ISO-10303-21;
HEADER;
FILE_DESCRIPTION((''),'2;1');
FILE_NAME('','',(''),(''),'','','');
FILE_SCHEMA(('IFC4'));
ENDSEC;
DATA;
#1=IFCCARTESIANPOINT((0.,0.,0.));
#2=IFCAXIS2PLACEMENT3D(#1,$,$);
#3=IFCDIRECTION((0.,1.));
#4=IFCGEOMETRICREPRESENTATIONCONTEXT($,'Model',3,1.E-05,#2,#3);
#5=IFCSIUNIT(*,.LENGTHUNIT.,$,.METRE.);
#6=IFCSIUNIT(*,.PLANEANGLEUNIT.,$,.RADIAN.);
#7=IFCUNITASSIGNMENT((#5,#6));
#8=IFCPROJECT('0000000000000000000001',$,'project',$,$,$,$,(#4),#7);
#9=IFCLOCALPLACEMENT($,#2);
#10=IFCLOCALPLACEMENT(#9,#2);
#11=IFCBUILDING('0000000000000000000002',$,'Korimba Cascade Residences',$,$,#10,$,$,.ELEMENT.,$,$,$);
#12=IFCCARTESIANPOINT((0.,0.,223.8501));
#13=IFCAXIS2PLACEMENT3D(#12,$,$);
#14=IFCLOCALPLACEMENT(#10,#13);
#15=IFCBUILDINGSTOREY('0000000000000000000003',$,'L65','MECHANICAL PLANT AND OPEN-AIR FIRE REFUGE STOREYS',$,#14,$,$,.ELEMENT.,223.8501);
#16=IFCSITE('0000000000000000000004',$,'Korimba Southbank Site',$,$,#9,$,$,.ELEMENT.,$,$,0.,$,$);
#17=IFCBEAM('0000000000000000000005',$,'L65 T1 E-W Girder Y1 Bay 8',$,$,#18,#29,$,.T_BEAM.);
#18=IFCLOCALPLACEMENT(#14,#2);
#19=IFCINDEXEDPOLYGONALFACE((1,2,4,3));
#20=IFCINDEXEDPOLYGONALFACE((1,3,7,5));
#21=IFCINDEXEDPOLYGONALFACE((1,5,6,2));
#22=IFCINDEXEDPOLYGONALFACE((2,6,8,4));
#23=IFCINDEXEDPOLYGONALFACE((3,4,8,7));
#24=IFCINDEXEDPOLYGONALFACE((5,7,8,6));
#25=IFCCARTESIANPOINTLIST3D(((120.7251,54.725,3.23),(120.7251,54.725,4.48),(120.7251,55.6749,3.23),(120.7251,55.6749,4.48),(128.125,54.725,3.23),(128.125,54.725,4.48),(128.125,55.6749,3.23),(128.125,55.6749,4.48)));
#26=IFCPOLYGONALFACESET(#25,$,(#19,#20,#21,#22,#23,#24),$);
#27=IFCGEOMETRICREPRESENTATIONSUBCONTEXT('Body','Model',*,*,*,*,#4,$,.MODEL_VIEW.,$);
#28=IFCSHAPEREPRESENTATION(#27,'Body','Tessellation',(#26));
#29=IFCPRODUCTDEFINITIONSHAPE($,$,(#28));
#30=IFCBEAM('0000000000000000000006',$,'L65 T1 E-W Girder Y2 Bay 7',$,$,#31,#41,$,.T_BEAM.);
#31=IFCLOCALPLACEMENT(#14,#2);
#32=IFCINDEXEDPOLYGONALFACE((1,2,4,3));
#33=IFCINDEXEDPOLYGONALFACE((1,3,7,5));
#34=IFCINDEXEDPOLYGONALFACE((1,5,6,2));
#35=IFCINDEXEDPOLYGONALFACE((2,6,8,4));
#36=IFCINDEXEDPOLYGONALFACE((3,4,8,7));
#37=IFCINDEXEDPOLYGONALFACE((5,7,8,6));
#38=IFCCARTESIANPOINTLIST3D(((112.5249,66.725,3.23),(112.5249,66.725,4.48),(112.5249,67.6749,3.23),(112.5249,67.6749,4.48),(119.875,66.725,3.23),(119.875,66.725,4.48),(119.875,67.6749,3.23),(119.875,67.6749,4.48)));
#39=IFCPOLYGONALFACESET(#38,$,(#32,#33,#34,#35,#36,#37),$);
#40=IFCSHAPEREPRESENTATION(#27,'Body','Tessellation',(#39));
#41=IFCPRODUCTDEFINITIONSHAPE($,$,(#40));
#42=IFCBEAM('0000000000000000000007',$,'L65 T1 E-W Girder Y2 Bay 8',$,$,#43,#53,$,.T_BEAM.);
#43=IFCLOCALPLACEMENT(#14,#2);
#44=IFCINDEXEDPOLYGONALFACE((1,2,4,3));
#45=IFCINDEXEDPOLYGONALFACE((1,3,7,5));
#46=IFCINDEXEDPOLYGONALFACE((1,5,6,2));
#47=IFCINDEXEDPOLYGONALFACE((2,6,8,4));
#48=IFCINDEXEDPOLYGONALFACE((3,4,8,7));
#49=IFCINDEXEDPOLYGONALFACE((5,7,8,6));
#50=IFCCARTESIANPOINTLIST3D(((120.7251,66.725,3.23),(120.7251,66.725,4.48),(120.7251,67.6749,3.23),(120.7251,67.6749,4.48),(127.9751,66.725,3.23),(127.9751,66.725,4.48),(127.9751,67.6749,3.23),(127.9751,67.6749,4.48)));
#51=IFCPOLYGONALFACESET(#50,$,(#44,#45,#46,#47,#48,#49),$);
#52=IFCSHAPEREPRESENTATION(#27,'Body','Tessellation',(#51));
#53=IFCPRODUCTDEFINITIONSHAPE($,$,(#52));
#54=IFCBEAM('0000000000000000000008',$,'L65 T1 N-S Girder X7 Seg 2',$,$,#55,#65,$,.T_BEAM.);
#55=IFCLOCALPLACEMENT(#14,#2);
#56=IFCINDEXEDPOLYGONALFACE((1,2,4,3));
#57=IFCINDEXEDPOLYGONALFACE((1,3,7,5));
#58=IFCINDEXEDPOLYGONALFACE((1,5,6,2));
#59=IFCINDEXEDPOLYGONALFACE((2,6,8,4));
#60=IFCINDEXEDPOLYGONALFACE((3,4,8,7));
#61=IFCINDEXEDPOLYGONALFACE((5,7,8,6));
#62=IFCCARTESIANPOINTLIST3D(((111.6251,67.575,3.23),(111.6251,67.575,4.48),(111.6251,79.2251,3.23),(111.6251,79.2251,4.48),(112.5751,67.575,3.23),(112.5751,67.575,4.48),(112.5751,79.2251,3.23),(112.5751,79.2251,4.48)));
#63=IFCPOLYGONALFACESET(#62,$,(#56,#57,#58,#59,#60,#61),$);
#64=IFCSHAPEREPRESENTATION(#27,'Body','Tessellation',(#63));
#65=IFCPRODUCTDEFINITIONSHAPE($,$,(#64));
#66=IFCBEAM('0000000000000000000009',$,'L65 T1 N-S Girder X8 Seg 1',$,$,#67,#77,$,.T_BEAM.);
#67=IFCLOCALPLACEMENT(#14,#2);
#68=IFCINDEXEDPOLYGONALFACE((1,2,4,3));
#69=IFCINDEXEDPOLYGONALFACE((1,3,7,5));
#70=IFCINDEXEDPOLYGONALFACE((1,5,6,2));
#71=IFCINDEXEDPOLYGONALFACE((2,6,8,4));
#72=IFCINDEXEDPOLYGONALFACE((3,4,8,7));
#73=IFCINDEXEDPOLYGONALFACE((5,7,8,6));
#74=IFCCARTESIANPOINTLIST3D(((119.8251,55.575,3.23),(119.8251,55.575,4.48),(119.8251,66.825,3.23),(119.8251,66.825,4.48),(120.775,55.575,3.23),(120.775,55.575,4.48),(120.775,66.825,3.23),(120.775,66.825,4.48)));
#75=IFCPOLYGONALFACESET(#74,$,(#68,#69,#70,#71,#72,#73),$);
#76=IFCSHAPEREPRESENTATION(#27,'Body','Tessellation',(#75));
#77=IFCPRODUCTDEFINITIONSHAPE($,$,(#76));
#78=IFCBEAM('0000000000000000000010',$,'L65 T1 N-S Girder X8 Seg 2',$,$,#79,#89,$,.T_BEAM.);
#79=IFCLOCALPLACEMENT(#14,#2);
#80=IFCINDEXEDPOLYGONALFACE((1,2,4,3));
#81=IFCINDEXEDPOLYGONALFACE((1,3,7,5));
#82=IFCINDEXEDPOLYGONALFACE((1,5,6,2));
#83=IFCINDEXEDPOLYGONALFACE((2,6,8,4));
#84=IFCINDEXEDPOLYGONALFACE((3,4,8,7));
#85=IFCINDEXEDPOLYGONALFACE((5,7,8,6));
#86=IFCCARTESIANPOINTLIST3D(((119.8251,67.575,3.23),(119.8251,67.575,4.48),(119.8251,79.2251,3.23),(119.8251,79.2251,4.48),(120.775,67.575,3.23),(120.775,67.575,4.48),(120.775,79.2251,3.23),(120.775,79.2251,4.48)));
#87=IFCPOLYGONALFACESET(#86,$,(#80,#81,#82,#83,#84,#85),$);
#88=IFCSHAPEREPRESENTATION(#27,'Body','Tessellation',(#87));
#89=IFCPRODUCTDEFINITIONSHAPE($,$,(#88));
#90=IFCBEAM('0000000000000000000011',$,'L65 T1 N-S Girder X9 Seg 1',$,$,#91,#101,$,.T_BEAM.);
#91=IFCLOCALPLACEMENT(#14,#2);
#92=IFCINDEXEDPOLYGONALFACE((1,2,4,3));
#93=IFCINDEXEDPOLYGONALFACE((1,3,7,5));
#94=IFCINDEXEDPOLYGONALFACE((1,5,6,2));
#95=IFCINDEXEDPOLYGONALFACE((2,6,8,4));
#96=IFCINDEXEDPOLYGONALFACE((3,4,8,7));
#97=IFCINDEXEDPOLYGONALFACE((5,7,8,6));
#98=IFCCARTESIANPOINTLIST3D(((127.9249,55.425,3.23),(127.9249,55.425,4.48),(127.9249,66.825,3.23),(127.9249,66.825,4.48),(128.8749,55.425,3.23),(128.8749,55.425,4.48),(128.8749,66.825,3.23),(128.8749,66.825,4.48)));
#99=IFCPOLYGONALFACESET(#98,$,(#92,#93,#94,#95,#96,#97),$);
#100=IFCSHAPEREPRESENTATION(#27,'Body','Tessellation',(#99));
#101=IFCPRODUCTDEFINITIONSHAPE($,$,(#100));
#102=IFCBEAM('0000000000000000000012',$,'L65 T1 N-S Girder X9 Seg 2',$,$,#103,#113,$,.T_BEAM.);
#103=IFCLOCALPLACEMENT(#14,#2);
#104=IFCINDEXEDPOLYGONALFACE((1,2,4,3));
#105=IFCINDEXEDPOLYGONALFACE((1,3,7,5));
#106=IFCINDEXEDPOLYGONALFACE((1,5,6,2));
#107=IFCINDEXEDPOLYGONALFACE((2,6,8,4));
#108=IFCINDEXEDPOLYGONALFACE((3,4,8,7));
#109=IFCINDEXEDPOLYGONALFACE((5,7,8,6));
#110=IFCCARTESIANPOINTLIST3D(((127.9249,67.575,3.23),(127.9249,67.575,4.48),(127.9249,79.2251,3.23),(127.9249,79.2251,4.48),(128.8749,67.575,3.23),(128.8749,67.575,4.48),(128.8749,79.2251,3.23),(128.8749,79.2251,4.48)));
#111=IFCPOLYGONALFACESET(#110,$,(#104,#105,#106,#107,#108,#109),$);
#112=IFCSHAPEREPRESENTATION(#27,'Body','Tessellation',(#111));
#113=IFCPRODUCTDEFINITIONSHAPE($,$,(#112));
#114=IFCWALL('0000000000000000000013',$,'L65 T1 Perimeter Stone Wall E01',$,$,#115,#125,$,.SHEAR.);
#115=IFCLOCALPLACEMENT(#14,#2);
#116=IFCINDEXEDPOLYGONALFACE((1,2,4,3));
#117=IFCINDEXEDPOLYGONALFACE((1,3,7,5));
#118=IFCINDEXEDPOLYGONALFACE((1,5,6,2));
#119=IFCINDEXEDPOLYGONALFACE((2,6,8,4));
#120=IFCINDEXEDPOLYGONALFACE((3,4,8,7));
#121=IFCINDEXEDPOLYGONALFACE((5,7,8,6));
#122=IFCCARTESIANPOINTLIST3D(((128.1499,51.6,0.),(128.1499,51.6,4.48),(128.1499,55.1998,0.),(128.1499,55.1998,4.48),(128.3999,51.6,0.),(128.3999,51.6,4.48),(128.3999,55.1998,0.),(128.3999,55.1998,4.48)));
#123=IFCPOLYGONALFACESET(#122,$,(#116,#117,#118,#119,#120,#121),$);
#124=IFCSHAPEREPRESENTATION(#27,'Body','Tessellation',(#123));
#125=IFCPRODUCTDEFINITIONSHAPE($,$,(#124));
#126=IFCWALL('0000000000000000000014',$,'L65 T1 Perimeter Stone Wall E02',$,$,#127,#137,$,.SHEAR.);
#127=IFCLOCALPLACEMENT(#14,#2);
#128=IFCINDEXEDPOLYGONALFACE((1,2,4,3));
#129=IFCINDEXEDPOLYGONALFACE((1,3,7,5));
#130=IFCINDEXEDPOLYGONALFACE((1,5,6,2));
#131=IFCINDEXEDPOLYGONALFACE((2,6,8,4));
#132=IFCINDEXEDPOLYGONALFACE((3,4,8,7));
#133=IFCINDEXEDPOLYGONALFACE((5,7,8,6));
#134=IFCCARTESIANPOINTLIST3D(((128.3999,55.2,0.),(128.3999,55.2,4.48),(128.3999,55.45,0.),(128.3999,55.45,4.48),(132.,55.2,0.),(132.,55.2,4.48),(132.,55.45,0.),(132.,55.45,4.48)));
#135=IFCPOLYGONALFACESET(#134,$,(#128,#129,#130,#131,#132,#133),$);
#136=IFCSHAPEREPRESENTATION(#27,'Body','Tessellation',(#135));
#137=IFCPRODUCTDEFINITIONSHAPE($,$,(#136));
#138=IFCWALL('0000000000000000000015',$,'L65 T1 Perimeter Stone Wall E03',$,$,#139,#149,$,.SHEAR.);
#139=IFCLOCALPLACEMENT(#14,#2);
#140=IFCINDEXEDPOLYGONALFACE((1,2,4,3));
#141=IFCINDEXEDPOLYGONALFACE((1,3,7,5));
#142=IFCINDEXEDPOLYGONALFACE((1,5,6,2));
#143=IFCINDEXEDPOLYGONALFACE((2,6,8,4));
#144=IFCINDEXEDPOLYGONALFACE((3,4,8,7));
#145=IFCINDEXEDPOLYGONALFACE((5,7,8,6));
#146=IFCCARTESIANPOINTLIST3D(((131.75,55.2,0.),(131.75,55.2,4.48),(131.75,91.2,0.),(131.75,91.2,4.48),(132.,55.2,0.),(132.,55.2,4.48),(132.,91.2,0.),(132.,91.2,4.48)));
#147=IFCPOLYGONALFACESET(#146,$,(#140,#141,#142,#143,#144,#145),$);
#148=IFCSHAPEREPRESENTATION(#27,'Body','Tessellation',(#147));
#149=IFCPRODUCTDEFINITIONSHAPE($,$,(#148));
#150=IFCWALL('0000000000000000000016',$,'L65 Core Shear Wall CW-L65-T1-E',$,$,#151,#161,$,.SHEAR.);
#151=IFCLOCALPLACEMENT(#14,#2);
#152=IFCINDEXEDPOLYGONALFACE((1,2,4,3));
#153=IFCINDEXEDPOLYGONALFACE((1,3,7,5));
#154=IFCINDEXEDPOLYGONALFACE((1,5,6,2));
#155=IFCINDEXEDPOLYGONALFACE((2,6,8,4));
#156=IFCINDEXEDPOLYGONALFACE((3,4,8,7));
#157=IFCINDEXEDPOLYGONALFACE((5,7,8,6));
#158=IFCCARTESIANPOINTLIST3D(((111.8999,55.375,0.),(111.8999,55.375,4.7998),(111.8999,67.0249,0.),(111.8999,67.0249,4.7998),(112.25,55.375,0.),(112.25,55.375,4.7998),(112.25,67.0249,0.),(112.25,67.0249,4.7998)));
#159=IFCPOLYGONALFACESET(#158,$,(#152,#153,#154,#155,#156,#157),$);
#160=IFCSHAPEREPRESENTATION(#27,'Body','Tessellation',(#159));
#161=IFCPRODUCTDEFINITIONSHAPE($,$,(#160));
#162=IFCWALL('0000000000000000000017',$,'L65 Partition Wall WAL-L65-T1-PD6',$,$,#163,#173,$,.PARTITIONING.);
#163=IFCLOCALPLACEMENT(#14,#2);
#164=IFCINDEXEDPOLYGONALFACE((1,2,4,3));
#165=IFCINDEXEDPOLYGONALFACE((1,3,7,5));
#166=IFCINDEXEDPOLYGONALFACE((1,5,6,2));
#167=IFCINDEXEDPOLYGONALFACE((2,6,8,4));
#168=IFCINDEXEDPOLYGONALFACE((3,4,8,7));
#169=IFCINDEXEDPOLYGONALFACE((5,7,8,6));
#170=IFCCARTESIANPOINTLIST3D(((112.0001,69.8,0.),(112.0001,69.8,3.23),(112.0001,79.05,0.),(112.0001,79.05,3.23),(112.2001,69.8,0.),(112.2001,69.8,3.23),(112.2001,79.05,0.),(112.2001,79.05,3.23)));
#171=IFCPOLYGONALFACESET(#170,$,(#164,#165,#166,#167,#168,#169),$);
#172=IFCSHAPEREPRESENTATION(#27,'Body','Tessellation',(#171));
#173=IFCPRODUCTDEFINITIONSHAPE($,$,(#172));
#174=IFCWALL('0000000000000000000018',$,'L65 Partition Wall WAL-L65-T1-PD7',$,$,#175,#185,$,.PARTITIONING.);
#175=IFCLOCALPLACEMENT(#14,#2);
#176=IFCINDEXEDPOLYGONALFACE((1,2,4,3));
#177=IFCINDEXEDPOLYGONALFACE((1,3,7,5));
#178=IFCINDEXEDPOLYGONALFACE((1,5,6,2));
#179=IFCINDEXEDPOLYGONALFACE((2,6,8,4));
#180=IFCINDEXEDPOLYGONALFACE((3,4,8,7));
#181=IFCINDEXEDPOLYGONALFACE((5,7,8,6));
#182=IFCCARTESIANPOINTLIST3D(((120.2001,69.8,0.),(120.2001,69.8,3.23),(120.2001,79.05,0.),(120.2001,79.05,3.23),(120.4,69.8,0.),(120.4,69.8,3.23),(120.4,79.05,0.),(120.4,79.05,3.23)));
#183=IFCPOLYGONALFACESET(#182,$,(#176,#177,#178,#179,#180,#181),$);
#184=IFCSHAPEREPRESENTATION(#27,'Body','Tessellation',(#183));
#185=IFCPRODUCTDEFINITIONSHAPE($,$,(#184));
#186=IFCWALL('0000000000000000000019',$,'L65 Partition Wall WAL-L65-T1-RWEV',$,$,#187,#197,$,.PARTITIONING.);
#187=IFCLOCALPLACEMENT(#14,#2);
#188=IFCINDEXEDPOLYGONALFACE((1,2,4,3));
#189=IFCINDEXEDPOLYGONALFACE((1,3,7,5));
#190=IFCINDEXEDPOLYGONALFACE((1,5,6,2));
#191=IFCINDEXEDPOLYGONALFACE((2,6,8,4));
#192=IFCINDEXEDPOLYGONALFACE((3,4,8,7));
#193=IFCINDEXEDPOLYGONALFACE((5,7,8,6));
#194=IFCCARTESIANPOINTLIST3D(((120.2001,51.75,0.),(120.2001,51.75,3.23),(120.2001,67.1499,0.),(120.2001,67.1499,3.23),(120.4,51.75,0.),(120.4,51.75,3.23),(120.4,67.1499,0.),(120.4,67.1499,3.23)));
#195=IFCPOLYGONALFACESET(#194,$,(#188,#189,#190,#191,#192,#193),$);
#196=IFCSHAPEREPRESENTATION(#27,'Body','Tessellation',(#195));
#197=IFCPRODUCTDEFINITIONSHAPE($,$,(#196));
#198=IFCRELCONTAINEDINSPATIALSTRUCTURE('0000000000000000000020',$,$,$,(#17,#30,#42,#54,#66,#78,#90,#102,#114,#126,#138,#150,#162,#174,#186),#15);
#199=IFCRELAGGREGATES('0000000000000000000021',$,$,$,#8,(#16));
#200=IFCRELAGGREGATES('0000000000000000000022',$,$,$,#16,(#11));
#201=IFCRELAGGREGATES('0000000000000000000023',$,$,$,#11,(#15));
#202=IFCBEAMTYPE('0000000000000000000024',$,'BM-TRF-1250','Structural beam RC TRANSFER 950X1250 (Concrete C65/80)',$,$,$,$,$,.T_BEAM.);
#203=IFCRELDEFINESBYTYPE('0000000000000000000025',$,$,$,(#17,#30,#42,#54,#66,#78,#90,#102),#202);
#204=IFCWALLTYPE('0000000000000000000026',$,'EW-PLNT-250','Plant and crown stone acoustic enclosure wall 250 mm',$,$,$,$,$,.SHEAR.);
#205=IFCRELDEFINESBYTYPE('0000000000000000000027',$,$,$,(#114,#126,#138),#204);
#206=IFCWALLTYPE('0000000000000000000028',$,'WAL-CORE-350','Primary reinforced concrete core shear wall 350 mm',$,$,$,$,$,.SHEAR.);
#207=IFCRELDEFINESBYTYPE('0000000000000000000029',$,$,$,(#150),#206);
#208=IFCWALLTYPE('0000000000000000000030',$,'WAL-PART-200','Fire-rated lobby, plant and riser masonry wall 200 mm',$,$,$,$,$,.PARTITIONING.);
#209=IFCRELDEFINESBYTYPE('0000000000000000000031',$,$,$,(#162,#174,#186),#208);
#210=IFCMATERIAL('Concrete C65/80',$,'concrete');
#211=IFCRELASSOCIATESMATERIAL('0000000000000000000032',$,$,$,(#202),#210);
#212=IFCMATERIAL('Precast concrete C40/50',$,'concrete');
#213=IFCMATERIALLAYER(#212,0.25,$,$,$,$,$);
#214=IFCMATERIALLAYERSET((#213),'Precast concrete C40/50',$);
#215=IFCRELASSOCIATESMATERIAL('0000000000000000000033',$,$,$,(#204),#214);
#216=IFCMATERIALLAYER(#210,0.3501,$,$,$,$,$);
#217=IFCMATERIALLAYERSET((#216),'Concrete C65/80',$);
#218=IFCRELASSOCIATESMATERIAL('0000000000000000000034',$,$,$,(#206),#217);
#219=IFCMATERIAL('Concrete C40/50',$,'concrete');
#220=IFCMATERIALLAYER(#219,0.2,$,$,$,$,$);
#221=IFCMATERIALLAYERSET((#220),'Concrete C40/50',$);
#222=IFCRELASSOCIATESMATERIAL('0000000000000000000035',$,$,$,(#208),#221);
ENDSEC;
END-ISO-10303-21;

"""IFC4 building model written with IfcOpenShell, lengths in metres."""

from ifc_helpers import new_model, si_unit, direction, frame, frame_2d, origin, origin_2d, place, context, subcontext, project, spatial, rectangle, extrude, material, layer, layer_set, material_profile, profile_set, type_object, element, save


model = new_model("IFC4")

# Units and contexts
model_context = context("Model", 3, precision=1e-05, world=origin(), true_north=direction((0.0, 1.0)))
body_context = subcontext(model_context, "Body", "Model", "MODEL_VIEW")
ifc_project = project(units=[si_unit("LENGTHUNIT", "METRE"), si_unit("PLANEANGLEUNIT", "RADIAN")], contexts=[model_context])

# Site, building, storey
site_placement = place(None, origin())
site = spatial("IfcSite", under=ifc_project, at=site_placement, Name="Korimba Southbank Site", CompositionType="ELEMENT", RefElevation=0.0)
building_placement = place(site_placement, origin())
building = spatial("IfcBuilding", under=site, at=building_placement, Name="Korimba Cascade Residences", CompositionType="ELEMENT")
storey_placement = place(building_placement, frame((0.0, 0.0, 223.8501)))
storey = spatial("IfcBuildingStorey", under=building, at=storey_placement, Name="L65", Description="MECHANICAL PLANT AND OPEN-AIR FIRE REFUGE STOREYS", CompositionType="ELEMENT", Elevation=223.8501)

# Shared definitions
ifc_material_1 = material(Name="Concrete C65/80", Category="concrete")

# Beams
ifc_material_profile_1 = material_profile(ifc_material_1, rectangle(XDim=0.95, YDim=1.25, at=origin_2d()), Name="Concrete C65/80")
ifc_profile_set_1 = profile_set([ifc_material_profile_1], Name="Concrete C65/80")
beam_type_1 = type_object("IfcBeamType", Name="BM-TRF-1250", Description="Structural beam RC TRANSFER 950X1250 (Concrete C65/80)", PredefinedType="T_BEAM", material=ifc_profile_set_1)
beam_1_placement = place(storey_placement, frame((120.7251, 55.2, 3.855), z_axis=(1.0, 0.0, 0.0), x_axis=(0.0, 1.0, 0.0)))
element("IfcBeam", 1, at=beam_1_placement, inside=storey, type_object=beam_type_1, Name="L65 T1 E-W Girder Y1 Bay 8", PredefinedType="T_BEAM", context=body_context, shape_type="SweptSolid", body=[
    extrude(rectangle(XDim=0.95, YDim=1.25, at=origin_2d()), origin(), (0.0, 0.0, 1.0), 7.3999),
])
beam_2_placement = place(storey_placement, frame((112.5249, 67.2, 3.855), z_axis=(1.0, 0.0, 0.0), x_axis=(0.0, 1.0, 0.0)))
element("IfcBeam", 2, at=beam_2_placement, inside=storey, type_object=beam_type_1, Name="L65 T1 E-W Girder Y2 Bay 7", PredefinedType="T_BEAM", context=body_context, shape_type="SweptSolid", body=[
    extrude(rectangle(XDim=0.95, YDim=1.25, at=origin_2d()), origin(), (0.0, 0.0, 1.0), 7.3501),
])
beam_3_placement = place(storey_placement, frame((120.7251, 67.2, 3.855), z_axis=(1.0, 0.0, 0.0), x_axis=(0.0, 1.0, 0.0)))
element("IfcBeam", 3, at=beam_3_placement, inside=storey, type_object=beam_type_1, Name="L65 T1 E-W Girder Y2 Bay 8", PredefinedType="T_BEAM", context=body_context, shape_type="SweptSolid", body=[
    extrude(rectangle(XDim=0.95, YDim=1.25, at=origin_2d()), origin(), (0.0, 0.0, 1.0), 7.25),
])
beam_4_placement = place(storey_placement, frame((112.1001, 67.575, 3.855), z_axis=(0.0, 1.0, 0.0), x_axis=(-1.0, 0.0, 0.0)))
element("IfcBeam", 4, at=beam_4_placement, inside=storey, type_object=beam_type_1, Name="L65 T1 N-S Girder X7 Seg 2", PredefinedType="T_BEAM", context=body_context, shape_type="SweptSolid", body=[
    extrude(rectangle(XDim=0.95, YDim=1.25, at=origin_2d()), origin(), (0.0, 0.0, 1.0), 11.6501),
])
beam_5_placement = place(storey_placement, frame((120.3, 55.575, 3.855), z_axis=(0.0, 1.0, 0.0), x_axis=(-1.0, 0.0, 0.0)))
element("IfcBeam", 5, at=beam_5_placement, inside=storey, type_object=beam_type_1, Name="L65 T1 N-S Girder X8 Seg 1", PredefinedType="T_BEAM", context=body_context, shape_type="SweptSolid", body=[
    extrude(rectangle(XDim=0.95, YDim=1.25, at=origin_2d()), origin(), (0.0, 0.0, 1.0), 11.25),
])
beam_6_placement = place(storey_placement, frame((120.3, 67.575, 3.855), z_axis=(0.0, 1.0, 0.0), x_axis=(-1.0, 0.0, 0.0)))
element("IfcBeam", 6, at=beam_6_placement, inside=storey, type_object=beam_type_1, Name="L65 T1 N-S Girder X8 Seg 2", PredefinedType="T_BEAM", context=body_context, shape_type="SweptSolid", body=[
    extrude(rectangle(XDim=0.95, YDim=1.25, at=origin_2d()), origin(), (0.0, 0.0, 1.0), 11.6501),
])
beam_7_placement = place(storey_placement, frame((128.3999, 55.425, 3.855), z_axis=(0.0, 1.0, 0.0), x_axis=(-1.0, 0.0, 0.0)))
element("IfcBeam", 7, at=beam_7_placement, inside=storey, type_object=beam_type_1, Name="L65 T1 N-S Girder X9 Seg 1", PredefinedType="T_BEAM", context=body_context, shape_type="SweptSolid", body=[
    extrude(rectangle(XDim=0.95, YDim=1.25, at=origin_2d()), origin(), (0.0, 0.0, 1.0), 11.3999),
])
beam_8_placement = place(storey_placement, frame((128.3999, 67.575, 3.855), z_axis=(0.0, 1.0, 0.0), x_axis=(-1.0, 0.0, 0.0)))
element("IfcBeam", 8, at=beam_8_placement, inside=storey, type_object=beam_type_1, Name="L65 T1 N-S Girder X9 Seg 2", PredefinedType="T_BEAM", context=body_context, shape_type="SweptSolid", body=[
    extrude(rectangle(XDim=0.95, YDim=1.25, at=origin_2d()), origin(), (0.0, 0.0, 1.0), 11.6501),
])

# Walls
ifc_material_2 = material(Name="Precast concrete C40/50", Category="concrete")
ifc_layer_1 = layer(ifc_material_2, 0.25)
ifc_layer_set_1 = layer_set([ifc_layer_1], Name="Precast concrete C40/50")
wall_type_1 = type_object("IfcWallType", Name="EW-PLNT-250", Description="Plant and crown stone acoustic enclosure wall 250 mm", PredefinedType="SHEAR", material=ifc_layer_set_1)
wall_1_placement = place(storey_placement, frame((128.2749, 51.6001, 0.0), z_axis=(0.0, 0.0, 1.0), x_axis=(0.0, 1.0, 0.0)))
element("IfcWall", 9, at=wall_1_placement, inside=storey, type_object=wall_type_1, Name="L65 T1 Perimeter Stone Wall E01", PredefinedType="SHEAR", context=body_context, shape_type="SweptSolid", body=[
    extrude(rectangle(XDim=3.5999, YDim=0.25, at=frame_2d((1.7998, 0.0))), origin(), (0.0, 0.0, 1.0), 4.48),
])
wall_2_placement = place(storey_placement, frame((128.3999, 55.325, 0.0), z_axis=(0.0, 0.0, 1.0), x_axis=(1.0, 0.0, 0.0)))
element("IfcWall", 10, at=wall_2_placement, inside=storey, type_object=wall_type_1, Name="L65 T1 Perimeter Stone Wall E02", PredefinedType="SHEAR", context=body_context, shape_type="SweptSolid", body=[
    extrude(rectangle(XDim=3.6001, YDim=0.25, at=frame_2d((1.8, 0.0))), origin(), (0.0, 0.0, 1.0), 4.48),
])
wall_3_placement = place(storey_placement, frame((131.875, 55.2, 0.0), z_axis=(0.0, 0.0, 1.0), x_axis=(0.0, 1.0, 0.0)))
element("IfcWall", 11, at=wall_3_placement, inside=storey, type_object=wall_type_1, Name="L65 T1 Perimeter Stone Wall E03", PredefinedType="SHEAR", context=body_context, shape_type="SweptSolid", body=[
    extrude(rectangle(XDim=36.0, YDim=0.25, at=frame_2d((18.0, 0.0))), origin(), (0.0, 0.0, 1.0), 4.48),
])
ifc_layer_2 = layer(ifc_material_1, 0.3501)
ifc_layer_set_2 = layer_set([ifc_layer_2], Name="Concrete C65/80")
wall_type_2 = type_object("IfcWallType", Name="WAL-CORE-350", Description="Primary reinforced concrete core shear wall 350 mm", PredefinedType="SHEAR", material=ifc_layer_set_2)
wall_4_placement = place(storey_placement, frame((112.075, 55.375, 0.0), z_axis=(0.0, 0.0, 1.0), x_axis=(0.0, 1.0, 0.0)))
element("IfcWall", 12, at=wall_4_placement, inside=storey, type_object=wall_type_2, Name="L65 Core Shear Wall CW-L65-T1-E", PredefinedType="SHEAR", context=body_context, shape_type="SweptSolid", body=[
    extrude(rectangle(XDim=11.6499, YDim=0.3501, at=frame_2d((5.825, 0.0))), origin(), (0.0, 0.0, 1.0), 4.7998),
])
ifc_material_3 = material(Name="Concrete C40/50", Category="concrete")
ifc_layer_3 = layer(ifc_material_3, 0.2)
ifc_layer_set_3 = layer_set([ifc_layer_3], Name="Concrete C40/50")
wall_type_3 = type_object("IfcWallType", Name="WAL-PART-200", Description="Fire-rated lobby, plant and riser masonry wall 200 mm", PredefinedType="PARTITIONING", material=ifc_layer_set_3)
for number, where, z_axis, x_axis, name in (
    (13, (112.1001, 69.8, 0.0), (0.0, 0.0, 1.0), (0.0, 1.0, 0.0), "L65 Partition Wall WAL-L65-T1-PD6"),
    (14, (120.3, 69.8, 0.0), (0.0, 0.0, 1.0), (0.0, 1.0, 0.0), "L65 Partition Wall WAL-L65-T1-PD7"),
):
    element("IfcWall", number, at=place(storey_placement, frame(where, z_axis=z_axis, x_axis=x_axis)), inside=storey, type_object=wall_type_3, Name=name, PredefinedType="PARTITIONING", context=body_context, shape_type="SweptSolid", body=[
        extrude(rectangle(XDim=9.25, YDim=0.2, at=frame_2d((4.625, 0.0))), origin(), (0.0, 0.0, 1.0), 3.23),
    ])
wall_5_placement = place(storey_placement, frame((120.3, 51.75, 0.0), z_axis=(0.0, 0.0, 1.0), x_axis=(0.0, 1.0, 0.0)))
element("IfcWall", 15, at=wall_5_placement, inside=storey, type_object=wall_type_3, Name="L65 Partition Wall WAL-L65-T1-RWEV", PredefinedType="PARTITIONING", context=body_context, shape_type="SweptSolid", body=[
    extrude(rectangle(XDim=15.3999, YDim=0.2, at=frame_2d((7.7, 0.0))), origin(), (0.0, 0.0, 1.0), 3.23),
])

save(model, "model.ifc")
